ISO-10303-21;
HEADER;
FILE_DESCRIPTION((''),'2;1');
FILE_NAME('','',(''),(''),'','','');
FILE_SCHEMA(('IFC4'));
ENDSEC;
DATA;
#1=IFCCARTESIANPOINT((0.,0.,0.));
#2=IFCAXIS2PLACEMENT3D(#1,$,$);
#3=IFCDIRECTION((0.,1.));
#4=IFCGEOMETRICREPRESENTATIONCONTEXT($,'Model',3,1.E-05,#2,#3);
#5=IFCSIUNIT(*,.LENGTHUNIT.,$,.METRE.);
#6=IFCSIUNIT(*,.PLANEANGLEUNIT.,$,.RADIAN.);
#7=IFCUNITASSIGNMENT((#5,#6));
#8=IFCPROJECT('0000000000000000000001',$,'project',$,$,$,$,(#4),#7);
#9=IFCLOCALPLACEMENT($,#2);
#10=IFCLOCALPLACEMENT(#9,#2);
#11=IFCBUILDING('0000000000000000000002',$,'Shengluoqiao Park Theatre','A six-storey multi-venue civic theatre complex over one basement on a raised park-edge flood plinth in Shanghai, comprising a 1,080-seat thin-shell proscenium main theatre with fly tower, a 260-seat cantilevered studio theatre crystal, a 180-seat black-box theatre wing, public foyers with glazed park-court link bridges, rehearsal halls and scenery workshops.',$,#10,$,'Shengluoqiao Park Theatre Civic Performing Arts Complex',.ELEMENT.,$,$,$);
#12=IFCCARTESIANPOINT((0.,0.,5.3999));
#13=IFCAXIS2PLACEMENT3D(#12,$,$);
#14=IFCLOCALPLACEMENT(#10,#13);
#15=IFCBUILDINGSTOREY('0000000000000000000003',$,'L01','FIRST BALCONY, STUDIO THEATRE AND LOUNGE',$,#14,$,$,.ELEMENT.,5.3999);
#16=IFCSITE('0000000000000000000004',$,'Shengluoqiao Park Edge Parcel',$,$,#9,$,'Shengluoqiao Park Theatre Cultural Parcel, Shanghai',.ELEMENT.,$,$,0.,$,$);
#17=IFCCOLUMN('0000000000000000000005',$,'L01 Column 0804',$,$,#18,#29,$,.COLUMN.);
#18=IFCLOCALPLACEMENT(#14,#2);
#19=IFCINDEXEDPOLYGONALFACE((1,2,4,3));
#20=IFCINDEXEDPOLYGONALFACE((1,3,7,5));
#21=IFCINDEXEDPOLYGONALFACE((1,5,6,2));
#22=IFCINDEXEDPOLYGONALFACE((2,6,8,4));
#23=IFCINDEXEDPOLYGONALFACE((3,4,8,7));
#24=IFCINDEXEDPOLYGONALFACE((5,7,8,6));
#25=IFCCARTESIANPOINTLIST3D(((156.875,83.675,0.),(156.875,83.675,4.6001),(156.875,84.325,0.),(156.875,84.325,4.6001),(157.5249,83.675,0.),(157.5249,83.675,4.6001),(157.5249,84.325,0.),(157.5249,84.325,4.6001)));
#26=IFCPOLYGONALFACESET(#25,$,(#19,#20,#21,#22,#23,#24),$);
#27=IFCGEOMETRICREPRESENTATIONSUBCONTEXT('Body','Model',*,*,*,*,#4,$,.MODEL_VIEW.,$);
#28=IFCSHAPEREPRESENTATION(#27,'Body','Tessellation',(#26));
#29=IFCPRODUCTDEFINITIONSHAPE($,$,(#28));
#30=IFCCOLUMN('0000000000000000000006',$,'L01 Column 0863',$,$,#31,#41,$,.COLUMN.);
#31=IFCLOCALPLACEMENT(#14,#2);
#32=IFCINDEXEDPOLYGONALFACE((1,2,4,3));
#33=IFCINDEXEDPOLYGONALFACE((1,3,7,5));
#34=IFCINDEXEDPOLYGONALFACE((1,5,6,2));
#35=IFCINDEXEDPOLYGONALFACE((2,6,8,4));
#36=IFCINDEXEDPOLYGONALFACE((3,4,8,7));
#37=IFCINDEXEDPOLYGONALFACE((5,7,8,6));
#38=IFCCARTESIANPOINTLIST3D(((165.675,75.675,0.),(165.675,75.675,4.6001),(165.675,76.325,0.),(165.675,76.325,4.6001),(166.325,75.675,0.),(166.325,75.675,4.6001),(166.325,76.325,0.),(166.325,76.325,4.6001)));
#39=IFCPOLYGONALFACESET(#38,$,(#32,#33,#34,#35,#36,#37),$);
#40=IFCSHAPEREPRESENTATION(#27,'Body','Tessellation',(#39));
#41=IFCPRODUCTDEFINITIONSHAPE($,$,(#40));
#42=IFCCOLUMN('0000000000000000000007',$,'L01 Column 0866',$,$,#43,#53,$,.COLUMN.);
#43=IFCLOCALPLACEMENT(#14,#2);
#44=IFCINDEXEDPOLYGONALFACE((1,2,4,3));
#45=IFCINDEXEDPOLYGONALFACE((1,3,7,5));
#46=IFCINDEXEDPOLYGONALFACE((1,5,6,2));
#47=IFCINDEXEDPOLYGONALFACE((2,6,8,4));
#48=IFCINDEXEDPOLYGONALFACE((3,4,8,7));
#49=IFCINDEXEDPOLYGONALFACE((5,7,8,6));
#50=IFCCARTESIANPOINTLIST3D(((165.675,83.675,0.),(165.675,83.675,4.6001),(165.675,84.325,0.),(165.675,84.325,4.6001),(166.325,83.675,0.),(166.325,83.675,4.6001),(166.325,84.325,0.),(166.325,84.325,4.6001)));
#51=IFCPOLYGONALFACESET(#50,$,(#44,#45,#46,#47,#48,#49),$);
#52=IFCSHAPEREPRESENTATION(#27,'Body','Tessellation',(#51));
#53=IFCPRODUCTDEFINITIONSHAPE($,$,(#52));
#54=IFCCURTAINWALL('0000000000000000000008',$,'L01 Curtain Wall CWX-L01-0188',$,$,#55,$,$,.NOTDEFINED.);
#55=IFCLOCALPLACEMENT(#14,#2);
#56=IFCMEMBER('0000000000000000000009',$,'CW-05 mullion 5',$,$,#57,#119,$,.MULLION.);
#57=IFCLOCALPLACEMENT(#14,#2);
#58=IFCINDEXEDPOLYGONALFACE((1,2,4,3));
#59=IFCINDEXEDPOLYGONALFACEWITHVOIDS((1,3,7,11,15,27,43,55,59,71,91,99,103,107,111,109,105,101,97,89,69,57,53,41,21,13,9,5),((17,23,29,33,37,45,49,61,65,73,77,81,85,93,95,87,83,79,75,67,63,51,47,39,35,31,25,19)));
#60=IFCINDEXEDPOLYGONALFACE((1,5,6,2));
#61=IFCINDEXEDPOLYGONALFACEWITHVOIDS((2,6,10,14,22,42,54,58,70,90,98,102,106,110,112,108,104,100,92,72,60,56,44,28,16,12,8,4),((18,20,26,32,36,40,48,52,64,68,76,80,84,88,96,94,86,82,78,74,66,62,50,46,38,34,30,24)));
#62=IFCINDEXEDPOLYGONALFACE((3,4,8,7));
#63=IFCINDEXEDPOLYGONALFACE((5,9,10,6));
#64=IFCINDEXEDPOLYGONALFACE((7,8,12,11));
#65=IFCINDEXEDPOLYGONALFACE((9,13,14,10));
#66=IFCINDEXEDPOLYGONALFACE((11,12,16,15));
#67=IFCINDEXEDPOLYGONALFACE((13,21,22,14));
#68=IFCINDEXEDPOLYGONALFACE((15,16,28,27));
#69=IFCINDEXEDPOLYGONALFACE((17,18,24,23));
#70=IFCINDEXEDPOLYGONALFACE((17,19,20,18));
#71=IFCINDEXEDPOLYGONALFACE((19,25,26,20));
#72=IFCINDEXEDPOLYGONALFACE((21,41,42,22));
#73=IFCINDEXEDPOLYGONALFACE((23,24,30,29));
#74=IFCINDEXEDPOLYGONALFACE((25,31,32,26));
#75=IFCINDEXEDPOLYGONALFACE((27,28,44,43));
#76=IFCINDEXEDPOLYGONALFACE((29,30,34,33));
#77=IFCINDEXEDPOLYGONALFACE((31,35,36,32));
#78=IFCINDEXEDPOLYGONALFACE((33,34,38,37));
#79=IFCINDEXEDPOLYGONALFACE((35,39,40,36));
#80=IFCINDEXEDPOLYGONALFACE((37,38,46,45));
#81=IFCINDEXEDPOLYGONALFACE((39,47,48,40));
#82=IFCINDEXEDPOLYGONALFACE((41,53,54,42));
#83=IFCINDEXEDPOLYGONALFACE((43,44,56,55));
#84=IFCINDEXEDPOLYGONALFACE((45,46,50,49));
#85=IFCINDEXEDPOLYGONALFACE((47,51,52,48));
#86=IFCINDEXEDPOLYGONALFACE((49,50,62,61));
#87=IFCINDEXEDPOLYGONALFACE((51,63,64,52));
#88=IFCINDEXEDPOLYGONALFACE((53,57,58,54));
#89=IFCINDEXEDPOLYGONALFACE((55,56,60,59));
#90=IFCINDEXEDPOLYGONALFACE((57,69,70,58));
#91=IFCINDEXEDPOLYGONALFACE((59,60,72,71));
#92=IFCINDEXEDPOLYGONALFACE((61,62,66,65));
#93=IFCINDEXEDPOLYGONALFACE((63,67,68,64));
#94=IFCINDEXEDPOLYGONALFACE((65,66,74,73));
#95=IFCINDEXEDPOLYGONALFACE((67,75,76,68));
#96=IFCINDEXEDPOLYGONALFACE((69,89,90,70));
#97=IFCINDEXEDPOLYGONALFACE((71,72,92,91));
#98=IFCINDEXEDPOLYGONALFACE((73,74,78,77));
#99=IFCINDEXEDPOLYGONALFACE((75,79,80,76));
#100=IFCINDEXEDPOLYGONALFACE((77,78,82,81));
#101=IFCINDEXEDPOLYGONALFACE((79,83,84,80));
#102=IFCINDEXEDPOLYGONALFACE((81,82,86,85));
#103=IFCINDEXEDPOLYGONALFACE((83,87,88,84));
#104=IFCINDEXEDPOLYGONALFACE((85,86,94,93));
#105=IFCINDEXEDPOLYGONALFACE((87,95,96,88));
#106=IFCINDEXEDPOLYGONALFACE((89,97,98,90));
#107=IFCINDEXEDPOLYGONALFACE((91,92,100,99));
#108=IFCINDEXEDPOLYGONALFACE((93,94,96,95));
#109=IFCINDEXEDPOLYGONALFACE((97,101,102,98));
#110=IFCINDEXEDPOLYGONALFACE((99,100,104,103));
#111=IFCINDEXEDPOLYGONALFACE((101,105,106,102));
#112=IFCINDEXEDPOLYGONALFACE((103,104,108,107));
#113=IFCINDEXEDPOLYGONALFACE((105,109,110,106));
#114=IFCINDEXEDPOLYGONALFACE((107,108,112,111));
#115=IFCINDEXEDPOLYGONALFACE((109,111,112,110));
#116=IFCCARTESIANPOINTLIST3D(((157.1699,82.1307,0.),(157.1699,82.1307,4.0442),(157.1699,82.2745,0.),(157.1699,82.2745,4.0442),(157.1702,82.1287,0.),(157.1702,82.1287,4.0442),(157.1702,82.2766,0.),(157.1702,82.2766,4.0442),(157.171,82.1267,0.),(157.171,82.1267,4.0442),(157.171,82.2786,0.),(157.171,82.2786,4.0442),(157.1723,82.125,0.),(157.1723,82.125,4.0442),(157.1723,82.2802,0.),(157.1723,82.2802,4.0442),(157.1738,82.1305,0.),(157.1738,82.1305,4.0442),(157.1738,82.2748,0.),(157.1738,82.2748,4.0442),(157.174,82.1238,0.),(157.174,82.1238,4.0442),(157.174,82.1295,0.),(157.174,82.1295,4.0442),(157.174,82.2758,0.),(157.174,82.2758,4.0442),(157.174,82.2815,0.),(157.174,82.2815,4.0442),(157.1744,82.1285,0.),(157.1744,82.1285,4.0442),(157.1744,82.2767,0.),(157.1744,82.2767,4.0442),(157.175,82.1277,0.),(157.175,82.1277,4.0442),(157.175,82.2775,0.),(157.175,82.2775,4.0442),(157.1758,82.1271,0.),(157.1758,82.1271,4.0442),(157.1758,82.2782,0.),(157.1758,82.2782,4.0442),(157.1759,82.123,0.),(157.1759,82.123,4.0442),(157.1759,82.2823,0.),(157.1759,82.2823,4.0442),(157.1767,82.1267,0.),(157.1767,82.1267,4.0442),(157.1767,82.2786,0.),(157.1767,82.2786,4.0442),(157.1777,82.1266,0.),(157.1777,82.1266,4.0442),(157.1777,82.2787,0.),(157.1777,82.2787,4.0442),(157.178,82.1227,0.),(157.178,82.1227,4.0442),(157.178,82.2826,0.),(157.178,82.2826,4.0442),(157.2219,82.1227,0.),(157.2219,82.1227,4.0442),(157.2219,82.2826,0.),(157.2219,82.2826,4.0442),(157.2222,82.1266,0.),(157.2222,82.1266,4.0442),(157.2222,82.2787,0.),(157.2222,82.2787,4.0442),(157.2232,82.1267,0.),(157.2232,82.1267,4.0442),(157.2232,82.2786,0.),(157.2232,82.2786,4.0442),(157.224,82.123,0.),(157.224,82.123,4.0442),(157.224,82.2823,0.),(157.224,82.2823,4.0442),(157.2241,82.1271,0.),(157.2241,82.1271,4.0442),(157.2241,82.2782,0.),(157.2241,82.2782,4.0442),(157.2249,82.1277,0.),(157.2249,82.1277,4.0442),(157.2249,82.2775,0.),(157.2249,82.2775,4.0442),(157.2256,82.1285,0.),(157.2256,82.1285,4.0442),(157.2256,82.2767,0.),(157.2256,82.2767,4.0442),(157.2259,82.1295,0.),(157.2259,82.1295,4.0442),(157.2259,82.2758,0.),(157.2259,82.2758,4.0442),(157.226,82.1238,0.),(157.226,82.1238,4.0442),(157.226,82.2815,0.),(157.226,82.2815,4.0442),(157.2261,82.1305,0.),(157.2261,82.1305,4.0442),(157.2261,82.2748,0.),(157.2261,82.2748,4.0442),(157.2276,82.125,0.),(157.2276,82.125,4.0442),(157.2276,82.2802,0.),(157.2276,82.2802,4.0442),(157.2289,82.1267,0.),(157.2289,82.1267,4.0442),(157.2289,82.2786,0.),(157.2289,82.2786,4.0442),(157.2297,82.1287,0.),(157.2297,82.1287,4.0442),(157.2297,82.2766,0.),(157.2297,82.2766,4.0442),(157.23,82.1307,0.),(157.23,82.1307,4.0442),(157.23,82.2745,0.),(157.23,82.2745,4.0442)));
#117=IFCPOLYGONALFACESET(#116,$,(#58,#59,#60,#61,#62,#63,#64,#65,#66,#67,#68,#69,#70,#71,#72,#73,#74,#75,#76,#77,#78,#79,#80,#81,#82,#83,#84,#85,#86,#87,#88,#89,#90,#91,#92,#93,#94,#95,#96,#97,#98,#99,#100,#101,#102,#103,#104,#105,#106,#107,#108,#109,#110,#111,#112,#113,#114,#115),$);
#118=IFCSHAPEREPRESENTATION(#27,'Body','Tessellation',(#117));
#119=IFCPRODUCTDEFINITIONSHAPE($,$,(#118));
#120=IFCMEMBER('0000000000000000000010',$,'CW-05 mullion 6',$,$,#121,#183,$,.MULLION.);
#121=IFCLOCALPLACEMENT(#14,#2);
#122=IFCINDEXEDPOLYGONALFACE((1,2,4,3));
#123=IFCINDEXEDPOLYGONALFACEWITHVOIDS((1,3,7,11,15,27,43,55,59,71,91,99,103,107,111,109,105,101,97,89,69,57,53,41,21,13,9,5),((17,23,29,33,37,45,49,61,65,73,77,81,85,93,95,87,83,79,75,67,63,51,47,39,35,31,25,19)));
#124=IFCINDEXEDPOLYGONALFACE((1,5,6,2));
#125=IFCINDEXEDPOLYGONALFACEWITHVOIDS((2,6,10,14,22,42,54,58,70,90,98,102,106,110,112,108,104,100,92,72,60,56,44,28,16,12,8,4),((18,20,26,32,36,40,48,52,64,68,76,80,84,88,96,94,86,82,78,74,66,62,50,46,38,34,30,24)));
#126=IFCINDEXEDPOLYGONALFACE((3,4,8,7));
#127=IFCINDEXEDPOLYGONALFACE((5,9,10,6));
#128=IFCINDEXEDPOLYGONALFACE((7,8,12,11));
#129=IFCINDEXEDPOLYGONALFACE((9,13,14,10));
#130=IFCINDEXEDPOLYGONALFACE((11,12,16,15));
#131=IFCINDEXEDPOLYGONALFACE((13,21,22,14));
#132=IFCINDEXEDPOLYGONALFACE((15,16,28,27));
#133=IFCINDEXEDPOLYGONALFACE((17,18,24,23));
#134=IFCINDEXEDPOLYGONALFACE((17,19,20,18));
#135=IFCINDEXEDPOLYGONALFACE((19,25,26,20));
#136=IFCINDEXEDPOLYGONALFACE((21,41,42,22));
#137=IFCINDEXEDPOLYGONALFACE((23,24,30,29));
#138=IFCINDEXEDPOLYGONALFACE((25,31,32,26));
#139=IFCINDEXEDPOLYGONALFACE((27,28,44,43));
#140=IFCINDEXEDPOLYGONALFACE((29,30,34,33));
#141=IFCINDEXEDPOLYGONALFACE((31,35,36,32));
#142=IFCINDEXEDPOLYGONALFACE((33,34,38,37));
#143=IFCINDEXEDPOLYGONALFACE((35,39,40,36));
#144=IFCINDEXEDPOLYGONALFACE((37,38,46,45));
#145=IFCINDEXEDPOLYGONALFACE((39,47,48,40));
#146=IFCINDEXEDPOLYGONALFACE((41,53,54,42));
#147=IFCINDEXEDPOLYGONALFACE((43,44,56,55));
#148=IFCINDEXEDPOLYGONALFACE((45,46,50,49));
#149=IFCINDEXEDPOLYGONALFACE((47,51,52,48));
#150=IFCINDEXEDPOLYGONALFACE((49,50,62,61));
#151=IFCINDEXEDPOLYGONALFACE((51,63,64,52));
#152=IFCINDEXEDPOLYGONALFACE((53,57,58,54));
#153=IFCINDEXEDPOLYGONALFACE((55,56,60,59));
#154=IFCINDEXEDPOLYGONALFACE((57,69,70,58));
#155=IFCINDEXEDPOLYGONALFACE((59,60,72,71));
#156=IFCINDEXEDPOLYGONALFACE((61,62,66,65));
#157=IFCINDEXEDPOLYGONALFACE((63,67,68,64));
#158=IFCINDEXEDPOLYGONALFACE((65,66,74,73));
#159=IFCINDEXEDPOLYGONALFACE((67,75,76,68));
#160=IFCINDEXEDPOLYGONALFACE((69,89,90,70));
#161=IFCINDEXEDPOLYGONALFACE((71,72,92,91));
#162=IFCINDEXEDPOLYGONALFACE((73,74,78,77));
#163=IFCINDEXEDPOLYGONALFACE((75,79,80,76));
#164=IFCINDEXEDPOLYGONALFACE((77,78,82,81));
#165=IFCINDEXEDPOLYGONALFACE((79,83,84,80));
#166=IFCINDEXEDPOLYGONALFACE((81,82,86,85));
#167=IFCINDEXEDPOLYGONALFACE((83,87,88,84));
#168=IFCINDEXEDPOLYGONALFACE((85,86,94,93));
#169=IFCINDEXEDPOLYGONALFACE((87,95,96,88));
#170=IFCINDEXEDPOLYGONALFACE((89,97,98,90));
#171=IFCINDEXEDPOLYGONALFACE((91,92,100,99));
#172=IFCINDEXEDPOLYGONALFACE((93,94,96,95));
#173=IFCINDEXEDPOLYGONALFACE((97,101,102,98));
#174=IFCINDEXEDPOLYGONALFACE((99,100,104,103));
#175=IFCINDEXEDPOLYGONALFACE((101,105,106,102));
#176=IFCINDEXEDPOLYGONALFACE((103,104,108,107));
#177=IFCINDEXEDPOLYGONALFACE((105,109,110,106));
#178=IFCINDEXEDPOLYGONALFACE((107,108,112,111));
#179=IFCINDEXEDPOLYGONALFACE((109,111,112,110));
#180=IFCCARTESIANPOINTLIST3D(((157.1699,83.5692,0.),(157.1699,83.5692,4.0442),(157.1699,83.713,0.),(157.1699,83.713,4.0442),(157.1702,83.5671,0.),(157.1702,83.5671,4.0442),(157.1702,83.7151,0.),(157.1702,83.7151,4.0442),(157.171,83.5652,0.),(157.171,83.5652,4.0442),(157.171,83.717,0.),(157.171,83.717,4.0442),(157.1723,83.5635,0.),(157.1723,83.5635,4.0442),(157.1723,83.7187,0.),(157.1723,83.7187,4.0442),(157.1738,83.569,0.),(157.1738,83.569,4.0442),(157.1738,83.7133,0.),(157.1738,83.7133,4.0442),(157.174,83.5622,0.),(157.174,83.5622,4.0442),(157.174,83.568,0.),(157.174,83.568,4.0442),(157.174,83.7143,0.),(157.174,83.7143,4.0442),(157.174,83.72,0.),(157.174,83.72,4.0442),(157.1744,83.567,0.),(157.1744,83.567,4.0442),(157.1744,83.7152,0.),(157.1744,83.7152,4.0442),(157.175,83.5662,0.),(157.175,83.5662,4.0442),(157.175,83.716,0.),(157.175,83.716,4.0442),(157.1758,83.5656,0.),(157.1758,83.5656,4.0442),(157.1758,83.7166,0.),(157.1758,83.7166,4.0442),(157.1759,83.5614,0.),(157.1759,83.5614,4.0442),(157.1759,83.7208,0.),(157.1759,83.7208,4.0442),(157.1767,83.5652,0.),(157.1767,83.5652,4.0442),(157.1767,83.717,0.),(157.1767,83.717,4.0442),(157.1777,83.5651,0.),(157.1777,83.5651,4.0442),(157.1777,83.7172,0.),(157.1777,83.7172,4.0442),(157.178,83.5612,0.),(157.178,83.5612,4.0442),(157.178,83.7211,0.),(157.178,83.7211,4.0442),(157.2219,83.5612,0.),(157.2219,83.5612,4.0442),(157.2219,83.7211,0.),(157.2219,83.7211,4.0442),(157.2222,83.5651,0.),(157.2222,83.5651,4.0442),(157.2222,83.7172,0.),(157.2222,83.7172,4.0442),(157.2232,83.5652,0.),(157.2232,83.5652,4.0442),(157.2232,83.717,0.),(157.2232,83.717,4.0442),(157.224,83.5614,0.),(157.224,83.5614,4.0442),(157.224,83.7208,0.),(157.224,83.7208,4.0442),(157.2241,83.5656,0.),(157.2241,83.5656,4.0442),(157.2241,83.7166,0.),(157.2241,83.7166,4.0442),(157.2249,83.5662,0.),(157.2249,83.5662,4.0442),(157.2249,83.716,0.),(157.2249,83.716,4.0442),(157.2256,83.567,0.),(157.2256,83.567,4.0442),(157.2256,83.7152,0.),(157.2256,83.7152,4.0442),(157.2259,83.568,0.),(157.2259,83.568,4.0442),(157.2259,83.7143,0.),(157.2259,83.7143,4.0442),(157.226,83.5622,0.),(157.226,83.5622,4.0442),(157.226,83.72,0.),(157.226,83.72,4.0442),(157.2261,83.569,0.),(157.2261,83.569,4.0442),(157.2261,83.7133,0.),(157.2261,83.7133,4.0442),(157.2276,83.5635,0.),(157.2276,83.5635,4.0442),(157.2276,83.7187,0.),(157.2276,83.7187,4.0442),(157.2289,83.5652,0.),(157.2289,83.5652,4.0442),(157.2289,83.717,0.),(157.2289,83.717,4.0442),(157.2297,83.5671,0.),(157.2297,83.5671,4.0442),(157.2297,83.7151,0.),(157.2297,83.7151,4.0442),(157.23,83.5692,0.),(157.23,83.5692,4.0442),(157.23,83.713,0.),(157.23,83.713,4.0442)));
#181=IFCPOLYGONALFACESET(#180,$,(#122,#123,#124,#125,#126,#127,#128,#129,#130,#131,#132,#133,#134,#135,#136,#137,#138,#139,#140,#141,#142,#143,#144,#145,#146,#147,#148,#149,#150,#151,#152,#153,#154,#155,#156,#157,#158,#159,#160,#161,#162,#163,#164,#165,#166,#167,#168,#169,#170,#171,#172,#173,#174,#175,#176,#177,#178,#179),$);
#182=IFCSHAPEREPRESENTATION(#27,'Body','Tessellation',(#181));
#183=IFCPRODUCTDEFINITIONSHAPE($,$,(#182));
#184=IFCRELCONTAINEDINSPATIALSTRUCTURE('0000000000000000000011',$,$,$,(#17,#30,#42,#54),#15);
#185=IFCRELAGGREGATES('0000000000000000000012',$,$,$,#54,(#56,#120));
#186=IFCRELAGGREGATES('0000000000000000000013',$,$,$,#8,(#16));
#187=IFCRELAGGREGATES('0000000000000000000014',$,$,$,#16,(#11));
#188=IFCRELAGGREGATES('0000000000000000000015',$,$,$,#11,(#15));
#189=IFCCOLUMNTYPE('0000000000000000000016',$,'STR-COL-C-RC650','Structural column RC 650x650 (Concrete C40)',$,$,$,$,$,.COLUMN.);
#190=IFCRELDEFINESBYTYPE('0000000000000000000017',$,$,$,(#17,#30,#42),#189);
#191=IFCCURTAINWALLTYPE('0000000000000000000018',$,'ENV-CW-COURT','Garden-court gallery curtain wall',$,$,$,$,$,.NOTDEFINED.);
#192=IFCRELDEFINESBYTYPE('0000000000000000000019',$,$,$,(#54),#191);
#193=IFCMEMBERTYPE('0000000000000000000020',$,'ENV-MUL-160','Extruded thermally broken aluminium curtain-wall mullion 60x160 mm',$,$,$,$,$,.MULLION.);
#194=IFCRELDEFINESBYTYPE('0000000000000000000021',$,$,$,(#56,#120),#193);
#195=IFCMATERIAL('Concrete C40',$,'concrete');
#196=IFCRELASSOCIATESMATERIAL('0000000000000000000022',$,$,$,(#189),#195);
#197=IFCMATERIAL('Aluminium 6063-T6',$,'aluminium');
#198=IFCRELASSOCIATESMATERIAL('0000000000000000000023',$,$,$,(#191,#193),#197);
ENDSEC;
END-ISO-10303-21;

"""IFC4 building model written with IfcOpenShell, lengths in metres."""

from ifc_helpers import new_model, si_unit, direction, frame, origin, origin_2d, place, context, subcontext, project, spatial, rectangle, hollow_rectangle, extrude, material, material_profile, profile_set, type_object, element, aggregate, save


model = new_model("IFC4")

# Units and contexts
model_context = context("Model", 3, precision=1e-05, world=origin(), true_north=direction((0.0, 1.0)))
body_context = subcontext(model_context, "Body", "Model", "MODEL_VIEW")
ifc_project = project(units=[si_unit("LENGTHUNIT", "METRE"), si_unit("PLANEANGLEUNIT", "RADIAN")], contexts=[model_context])

# Site, building, storey
site_placement = place(None, origin())
site = spatial("IfcSite", under=ifc_project, at=site_placement, Name="Shengluoqiao Park Edge Parcel", LongName="Shengluoqiao Park Theatre Cultural Parcel, Shanghai", CompositionType="ELEMENT", RefElevation=0.0)
building_placement = place(site_placement, origin())
building = spatial("IfcBuilding", under=site, at=building_placement, Name="Shengluoqiao Park Theatre", Description="A six-storey multi-venue civic theatre complex over one basement on a raised park-edge flood plinth in Shanghai, comprising a 1,080-seat thin-shell proscenium main theatre with fly tower, a 260-seat cantilevered studio theatre crystal, a 180-seat black-box theatre wing, public foyers with glazed park-court link bridges, rehearsal halls and scenery workshops.", LongName="Shengluoqiao Park Theatre Civic Performing Arts Complex", CompositionType="ELEMENT")
storey_placement = place(building_placement, frame((0.0, 0.0, 5.3999)))
storey = spatial("IfcBuildingStorey", under=building, at=storey_placement, Name="L01", Description="FIRST BALCONY, STUDIO THEATRE AND LOUNGE", CompositionType="ELEMENT", Elevation=5.3999)

# Columns
ifc_material_1 = material(Name="Concrete C40", Category="concrete")
ifc_material_profile_1 = material_profile(ifc_material_1, rectangle(XDim=0.6499, YDim=0.6499, at=origin_2d()), Name="RC 650x650")
ifc_profile_set_1 = profile_set([ifc_material_profile_1], Name="Concrete C40")
column_type = type_object("IfcColumnType", Name="STR-COL-C-RC650", Description="Structural column RC 650x650 (Concrete C40)", PredefinedType="COLUMN", material=ifc_profile_set_1)
for number, where, z_axis, x_axis, name in (
    (1, (157.2, 84.0, 0.0), (0.0, 0.0, 1.0), (1.0, 0.0, 0.0), "L01 Column 0804"),
    (2, (166.0, 76.0, 0.0), (0.0, 0.0, 1.0), (1.0, 0.0, 0.0), "L01 Column 0863"),
    (3, (166.0, 84.0, 0.0), (0.0, 0.0, 1.0), (1.0, 0.0, 0.0), "L01 Column 0866"),
):
    element("IfcColumn", number, at=place(storey_placement, frame(where, z_axis=z_axis, x_axis=x_axis)), inside=storey, type_object=column_type, Name=name, PredefinedType="COLUMN", context=body_context, shape_type="SweptSolid", body=[
        extrude(rectangle(XDim=0.6499, YDim=0.6499, at=origin_2d()), origin(), (0.0, 0.0, 1.0), 4.6001),
    ])

# Curtain wall, members
ifc_material_2 = material(Name="Aluminium 6063-T6", Category="aluminium")
curtain_wall_type = type_object("IfcCurtainWallType", Name="ENV-CW-COURT", Description="Garden-court gallery curtain wall", PredefinedType="NOTDEFINED", material=ifc_material_2)
curtain_wall_placement = place(storey_placement, origin())
curtain_wall = element("IfcCurtainWall", 4, at=curtain_wall_placement, inside=storey, type_object=curtain_wall_type, Name="L01 Curtain Wall CWX-L01-0188", PredefinedType="NOTDEFINED")
ifc_material_profile_2 = material_profile(ifc_material_2, hollow_rectangle(XDim=0.0601, YDim=0.1599, WallThickness=0.0039, InnerFilletRadius=0.0039, OuterFilletRadius=0.0081, at=origin_2d()), Name="ALU MULLION 160x60x4")
ifc_profile_set_2 = profile_set([ifc_material_profile_2], Name="Aluminium 6063-T6")
member_type_1 = type_object("IfcMemberType", Name="ENV-MUL-160", Description="Extruded thermally broken aluminium curtain-wall mullion 60x160 mm", PredefinedType="MULLION", material=ifc_profile_set_2)
member_1_placement = place(storey_placement, frame((157.2, 82.2026, 0.0), z_axis=(0.0, 0.0, 1.0), x_axis=(-1.0, 0.0, 0.0)))
member_1 = element("IfcMember", 5, at=member_1_placement, type_object=member_type_1, Name="CW-05 mullion 5", PredefinedType="MULLION", context=body_context, shape_type="SweptSolid", body=[
    extrude(hollow_rectangle(XDim=0.0601, YDim=0.1599, WallThickness=0.0039, InnerFilletRadius=0.0039, OuterFilletRadius=0.0081, at=origin_2d()), origin(), (0.0, 0.0, 1.0), 4.0442),
])
member_2_placement = place(storey_placement, frame((157.2, 83.6411, 0.0), z_axis=(0.0, 0.0, 1.0), x_axis=(-1.0, 0.0, 0.0)))
member_2 = element("IfcMember", 6, at=member_2_placement, type_object=member_type_1, Name="CW-05 mullion 6", PredefinedType="MULLION", context=body_context, shape_type="SweptSolid", body=[
    extrude(hollow_rectangle(XDim=0.0601, YDim=0.1599, WallThickness=0.0039, InnerFilletRadius=0.0039, OuterFilletRadius=0.0081, at=origin_2d()), origin(), (0.0, 0.0, 1.0), 4.0442),
])

aggregate(curtain_wall, [member_1, member_2])

save(model, "model.ifc")
